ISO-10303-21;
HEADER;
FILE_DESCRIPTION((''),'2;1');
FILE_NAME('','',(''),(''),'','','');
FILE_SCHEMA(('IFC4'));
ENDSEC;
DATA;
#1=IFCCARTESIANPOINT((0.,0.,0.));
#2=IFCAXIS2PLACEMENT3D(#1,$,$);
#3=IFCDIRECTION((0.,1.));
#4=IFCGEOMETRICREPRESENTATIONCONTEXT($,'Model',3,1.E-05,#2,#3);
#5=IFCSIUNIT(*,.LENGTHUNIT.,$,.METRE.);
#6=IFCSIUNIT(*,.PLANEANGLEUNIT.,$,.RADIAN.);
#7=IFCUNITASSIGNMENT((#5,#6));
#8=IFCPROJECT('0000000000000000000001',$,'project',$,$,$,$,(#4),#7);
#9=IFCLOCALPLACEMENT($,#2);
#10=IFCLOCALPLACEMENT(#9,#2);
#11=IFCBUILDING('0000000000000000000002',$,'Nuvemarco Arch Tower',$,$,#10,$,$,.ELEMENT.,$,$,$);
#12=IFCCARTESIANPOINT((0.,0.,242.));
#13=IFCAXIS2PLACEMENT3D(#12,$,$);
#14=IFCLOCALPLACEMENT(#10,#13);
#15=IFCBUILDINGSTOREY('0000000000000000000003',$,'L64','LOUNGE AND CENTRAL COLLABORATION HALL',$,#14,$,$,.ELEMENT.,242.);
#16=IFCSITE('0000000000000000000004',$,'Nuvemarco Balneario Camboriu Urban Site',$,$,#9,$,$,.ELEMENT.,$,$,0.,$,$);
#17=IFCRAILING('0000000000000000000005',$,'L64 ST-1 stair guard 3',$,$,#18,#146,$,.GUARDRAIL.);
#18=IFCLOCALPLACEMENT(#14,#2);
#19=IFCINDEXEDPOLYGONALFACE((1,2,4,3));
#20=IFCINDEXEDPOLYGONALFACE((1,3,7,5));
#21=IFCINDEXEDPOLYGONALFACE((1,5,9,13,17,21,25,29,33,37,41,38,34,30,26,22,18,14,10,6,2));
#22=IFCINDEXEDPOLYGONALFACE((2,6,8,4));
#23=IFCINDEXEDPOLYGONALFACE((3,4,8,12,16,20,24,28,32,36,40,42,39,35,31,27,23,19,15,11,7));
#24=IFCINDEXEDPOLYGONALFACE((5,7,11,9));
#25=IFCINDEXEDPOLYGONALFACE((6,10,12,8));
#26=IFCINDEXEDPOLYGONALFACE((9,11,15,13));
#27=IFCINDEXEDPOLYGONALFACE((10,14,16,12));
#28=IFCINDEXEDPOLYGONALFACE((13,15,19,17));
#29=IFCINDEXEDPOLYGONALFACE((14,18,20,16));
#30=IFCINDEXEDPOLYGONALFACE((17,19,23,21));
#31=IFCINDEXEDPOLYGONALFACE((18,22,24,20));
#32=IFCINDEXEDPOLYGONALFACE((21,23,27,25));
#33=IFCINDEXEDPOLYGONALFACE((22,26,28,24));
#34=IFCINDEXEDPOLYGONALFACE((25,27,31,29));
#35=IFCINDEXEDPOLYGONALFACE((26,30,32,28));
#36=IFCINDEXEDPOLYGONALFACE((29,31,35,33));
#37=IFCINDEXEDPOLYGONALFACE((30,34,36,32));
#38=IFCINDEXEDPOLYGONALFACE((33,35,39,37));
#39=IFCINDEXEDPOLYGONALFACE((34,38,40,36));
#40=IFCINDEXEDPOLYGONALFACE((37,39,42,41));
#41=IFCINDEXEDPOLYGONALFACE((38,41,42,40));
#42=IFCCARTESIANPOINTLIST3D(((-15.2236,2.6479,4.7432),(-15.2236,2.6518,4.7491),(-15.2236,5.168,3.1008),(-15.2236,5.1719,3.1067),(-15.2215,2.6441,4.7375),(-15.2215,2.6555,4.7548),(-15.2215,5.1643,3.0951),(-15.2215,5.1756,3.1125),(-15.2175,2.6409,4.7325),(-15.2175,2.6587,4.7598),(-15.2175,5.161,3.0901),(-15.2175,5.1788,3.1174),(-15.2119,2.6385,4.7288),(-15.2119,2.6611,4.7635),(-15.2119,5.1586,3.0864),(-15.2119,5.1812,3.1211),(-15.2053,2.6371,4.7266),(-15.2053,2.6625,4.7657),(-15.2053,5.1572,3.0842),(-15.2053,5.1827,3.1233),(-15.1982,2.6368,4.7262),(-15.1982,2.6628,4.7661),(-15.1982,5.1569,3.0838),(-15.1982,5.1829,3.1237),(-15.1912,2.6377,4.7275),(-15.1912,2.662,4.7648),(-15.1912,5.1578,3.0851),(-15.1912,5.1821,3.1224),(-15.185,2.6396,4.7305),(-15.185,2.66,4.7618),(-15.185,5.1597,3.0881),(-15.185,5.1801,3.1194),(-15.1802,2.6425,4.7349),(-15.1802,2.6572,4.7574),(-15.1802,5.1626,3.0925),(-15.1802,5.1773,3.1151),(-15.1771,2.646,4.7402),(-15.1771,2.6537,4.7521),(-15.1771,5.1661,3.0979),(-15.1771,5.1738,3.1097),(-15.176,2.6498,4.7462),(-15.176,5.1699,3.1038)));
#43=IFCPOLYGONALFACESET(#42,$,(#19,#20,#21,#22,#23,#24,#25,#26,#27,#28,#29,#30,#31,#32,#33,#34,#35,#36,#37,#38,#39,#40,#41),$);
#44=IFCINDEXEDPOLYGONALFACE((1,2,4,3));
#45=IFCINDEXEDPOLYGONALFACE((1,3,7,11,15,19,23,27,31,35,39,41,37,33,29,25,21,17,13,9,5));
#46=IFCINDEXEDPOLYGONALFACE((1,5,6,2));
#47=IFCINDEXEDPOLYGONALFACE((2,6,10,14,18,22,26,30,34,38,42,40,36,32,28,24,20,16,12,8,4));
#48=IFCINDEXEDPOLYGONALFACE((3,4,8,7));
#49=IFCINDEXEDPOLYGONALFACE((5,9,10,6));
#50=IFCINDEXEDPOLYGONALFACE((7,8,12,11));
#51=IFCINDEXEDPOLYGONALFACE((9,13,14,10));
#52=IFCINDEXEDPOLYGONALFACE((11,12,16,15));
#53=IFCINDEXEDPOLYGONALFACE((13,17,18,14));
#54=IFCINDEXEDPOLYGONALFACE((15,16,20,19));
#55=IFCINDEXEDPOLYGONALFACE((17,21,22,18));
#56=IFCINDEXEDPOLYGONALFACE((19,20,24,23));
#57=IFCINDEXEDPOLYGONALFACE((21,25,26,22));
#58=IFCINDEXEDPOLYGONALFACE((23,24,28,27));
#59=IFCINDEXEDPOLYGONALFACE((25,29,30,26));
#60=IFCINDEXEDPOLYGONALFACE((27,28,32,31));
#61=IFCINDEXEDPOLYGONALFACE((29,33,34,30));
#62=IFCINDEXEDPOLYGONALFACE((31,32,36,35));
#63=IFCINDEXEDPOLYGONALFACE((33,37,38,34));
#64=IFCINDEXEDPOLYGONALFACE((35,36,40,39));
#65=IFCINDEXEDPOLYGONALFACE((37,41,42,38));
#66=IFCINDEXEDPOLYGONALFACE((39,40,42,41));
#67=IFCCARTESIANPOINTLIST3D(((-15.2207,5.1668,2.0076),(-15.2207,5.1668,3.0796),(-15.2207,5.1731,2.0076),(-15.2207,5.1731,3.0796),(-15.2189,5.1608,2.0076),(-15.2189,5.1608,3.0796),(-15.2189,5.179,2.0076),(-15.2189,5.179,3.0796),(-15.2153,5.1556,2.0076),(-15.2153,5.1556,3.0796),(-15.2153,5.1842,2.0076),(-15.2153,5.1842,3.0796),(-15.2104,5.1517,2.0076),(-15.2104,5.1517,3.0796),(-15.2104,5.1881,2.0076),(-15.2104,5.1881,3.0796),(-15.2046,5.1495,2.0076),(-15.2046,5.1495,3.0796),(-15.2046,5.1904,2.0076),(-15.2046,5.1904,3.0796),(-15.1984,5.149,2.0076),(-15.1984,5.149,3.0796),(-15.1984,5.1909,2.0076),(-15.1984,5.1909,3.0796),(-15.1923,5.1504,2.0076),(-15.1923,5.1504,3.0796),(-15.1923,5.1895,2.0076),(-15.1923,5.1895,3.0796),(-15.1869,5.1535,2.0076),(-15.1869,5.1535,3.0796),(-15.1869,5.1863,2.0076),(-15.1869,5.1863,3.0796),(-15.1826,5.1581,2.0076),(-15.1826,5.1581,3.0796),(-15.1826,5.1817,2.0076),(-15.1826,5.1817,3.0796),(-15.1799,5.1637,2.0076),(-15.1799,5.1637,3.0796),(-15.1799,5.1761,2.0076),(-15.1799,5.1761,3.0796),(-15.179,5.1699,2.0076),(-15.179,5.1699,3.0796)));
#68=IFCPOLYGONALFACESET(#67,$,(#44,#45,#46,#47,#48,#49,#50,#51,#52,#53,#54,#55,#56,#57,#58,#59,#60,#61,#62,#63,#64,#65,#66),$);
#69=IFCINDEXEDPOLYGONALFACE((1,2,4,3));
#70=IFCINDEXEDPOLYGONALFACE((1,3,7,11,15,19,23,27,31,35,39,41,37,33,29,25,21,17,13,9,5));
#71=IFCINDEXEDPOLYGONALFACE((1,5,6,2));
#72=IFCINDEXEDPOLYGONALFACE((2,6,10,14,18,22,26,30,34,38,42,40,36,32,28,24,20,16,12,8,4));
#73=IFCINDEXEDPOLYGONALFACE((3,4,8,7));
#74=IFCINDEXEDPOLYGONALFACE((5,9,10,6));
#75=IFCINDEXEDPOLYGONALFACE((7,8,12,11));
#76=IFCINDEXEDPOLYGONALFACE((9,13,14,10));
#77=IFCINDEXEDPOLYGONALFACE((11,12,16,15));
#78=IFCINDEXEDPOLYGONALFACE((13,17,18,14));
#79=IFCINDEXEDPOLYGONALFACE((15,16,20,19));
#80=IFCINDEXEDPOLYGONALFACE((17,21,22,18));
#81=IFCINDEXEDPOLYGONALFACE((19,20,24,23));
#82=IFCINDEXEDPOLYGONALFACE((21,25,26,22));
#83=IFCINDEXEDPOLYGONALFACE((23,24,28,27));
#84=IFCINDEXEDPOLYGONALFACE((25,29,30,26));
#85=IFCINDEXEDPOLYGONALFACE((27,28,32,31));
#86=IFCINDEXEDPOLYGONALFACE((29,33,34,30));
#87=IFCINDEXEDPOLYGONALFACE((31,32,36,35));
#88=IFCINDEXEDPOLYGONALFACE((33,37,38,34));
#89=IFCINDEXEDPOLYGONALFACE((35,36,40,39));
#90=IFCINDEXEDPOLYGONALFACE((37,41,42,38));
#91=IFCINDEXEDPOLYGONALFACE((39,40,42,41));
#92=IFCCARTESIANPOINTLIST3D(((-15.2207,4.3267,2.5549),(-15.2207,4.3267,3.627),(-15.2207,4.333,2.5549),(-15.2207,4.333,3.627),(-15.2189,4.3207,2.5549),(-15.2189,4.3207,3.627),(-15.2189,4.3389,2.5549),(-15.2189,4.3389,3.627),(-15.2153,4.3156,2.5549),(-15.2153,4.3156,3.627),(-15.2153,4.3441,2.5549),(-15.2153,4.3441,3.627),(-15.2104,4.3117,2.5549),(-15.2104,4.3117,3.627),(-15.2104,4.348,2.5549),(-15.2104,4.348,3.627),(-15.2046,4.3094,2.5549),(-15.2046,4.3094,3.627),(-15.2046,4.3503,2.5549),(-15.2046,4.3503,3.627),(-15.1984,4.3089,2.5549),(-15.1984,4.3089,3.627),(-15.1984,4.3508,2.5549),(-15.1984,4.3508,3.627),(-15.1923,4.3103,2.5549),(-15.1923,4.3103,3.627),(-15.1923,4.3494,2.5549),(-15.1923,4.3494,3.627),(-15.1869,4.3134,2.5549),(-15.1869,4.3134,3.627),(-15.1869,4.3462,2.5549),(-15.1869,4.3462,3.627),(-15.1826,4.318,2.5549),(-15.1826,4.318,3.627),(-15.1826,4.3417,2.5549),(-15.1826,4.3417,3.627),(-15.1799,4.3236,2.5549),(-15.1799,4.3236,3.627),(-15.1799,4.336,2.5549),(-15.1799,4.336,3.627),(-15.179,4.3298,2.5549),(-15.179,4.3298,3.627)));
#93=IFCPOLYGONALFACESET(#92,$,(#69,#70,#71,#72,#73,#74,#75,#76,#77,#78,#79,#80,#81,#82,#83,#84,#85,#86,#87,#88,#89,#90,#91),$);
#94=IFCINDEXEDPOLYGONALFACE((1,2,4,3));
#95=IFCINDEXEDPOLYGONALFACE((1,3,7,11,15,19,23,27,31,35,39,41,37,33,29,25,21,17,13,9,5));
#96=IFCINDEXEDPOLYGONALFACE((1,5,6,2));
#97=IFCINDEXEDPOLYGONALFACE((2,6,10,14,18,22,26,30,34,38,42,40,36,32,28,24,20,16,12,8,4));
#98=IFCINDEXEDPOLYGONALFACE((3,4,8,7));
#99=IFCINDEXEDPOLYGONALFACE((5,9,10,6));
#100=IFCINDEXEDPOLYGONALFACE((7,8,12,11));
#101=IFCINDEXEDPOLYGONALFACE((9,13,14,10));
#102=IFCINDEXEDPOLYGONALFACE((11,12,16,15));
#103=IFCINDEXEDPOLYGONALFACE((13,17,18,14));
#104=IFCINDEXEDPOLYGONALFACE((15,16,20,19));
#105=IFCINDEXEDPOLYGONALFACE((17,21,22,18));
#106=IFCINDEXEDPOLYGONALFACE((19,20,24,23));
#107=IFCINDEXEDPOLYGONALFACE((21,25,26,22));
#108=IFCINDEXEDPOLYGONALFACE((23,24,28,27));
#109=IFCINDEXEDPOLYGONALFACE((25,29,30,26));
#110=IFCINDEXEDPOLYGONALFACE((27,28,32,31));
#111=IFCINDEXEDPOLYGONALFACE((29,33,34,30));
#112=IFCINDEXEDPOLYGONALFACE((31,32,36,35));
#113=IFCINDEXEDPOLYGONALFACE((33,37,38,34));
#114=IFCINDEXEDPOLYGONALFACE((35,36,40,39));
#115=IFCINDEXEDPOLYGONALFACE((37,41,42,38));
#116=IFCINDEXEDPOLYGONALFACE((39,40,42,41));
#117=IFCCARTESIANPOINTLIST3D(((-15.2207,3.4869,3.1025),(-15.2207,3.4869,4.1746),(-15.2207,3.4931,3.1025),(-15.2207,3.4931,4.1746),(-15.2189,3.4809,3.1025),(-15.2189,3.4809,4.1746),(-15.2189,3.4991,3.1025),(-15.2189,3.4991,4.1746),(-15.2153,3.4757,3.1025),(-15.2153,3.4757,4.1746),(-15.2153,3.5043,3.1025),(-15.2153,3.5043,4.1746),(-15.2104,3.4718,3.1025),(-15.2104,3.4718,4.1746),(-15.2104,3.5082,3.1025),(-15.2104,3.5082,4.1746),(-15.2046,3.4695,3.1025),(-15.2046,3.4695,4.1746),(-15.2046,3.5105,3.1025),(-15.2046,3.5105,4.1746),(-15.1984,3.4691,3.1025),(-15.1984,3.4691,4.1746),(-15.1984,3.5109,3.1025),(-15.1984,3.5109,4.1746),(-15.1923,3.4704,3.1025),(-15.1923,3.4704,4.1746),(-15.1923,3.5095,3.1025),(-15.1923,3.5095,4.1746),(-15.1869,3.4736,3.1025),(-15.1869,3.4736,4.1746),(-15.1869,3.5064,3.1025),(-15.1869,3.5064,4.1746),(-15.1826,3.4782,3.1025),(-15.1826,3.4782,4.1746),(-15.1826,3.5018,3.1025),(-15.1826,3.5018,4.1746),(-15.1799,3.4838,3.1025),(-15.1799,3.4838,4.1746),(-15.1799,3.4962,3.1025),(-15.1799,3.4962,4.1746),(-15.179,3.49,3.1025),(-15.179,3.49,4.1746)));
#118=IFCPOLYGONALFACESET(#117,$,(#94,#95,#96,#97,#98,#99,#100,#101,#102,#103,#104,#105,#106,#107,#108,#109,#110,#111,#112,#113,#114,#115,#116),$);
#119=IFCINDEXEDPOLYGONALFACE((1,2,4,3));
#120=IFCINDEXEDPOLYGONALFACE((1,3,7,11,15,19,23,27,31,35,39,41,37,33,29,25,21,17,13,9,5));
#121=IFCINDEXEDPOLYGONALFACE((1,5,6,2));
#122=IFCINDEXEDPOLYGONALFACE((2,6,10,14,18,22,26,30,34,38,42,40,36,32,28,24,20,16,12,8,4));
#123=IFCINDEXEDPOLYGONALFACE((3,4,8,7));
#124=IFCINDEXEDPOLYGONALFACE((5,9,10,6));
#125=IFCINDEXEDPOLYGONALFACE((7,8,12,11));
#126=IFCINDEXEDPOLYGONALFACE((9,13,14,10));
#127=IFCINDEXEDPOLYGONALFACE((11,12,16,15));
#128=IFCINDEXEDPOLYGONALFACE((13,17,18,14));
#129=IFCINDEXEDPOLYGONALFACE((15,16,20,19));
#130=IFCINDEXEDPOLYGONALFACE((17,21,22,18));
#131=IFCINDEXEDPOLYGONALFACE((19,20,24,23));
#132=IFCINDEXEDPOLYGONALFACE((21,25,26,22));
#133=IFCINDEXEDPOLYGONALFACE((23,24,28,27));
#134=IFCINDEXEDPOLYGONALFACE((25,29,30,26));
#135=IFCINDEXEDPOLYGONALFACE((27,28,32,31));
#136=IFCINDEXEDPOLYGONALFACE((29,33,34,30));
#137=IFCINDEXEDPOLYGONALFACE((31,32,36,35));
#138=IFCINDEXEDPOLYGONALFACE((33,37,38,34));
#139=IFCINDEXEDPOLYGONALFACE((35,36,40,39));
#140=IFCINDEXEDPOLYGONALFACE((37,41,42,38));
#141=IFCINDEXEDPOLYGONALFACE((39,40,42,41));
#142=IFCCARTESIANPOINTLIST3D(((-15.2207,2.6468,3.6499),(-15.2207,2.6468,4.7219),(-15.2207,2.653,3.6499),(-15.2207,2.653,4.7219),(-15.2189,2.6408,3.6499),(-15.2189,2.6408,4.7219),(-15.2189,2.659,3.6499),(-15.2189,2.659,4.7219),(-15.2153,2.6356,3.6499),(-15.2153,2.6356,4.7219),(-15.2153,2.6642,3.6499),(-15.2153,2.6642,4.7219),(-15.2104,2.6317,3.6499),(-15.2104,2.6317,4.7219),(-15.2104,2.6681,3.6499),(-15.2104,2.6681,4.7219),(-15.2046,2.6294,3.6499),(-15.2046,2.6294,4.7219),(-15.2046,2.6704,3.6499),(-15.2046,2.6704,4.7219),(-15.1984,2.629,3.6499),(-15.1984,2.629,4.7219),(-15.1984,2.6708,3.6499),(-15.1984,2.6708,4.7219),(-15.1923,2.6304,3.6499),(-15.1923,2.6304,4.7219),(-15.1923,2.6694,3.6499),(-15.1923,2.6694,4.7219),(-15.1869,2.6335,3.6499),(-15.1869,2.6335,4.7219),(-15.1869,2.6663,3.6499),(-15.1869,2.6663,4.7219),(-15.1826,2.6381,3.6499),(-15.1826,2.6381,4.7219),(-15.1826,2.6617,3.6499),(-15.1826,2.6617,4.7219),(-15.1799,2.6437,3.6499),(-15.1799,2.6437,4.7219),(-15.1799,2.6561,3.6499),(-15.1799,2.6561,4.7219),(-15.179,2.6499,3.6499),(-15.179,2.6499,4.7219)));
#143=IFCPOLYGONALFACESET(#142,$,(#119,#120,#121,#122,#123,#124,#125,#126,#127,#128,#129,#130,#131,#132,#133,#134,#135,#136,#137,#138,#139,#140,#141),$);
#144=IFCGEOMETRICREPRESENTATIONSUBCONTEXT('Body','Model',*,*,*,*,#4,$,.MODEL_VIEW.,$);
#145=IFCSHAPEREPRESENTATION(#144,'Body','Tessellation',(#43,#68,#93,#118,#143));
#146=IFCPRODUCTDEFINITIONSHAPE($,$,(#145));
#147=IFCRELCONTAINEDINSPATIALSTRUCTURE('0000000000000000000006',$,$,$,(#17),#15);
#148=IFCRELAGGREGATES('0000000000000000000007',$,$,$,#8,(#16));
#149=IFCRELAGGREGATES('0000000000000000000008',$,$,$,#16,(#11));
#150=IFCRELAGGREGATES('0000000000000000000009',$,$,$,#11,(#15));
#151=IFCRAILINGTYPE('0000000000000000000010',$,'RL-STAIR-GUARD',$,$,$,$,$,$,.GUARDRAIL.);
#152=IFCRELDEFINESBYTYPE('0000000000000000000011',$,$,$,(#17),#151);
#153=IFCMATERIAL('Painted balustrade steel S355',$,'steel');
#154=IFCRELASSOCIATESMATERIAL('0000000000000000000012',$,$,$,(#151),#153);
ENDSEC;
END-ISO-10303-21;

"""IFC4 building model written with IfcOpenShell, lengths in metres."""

from ifc_helpers import new_model, si_unit, direction, frame, origin, origin_2d, place, context, subcontext, project, spatial, circle, extrude, material, type_object, element, save


model = new_model("IFC4")

# Units and contexts
model_context = context("Model", 3, precision=1e-05, world=origin(), true_north=direction((0.0, 1.0)))
body_context = subcontext(model_context, "Body", "Model", "MODEL_VIEW")
ifc_project = project(units=[si_unit("LENGTHUNIT", "METRE"), si_unit("PLANEANGLEUNIT", "RADIAN")], contexts=[model_context])

# Site, building, storey
site_placement = place(None, origin())
site = spatial("IfcSite", under=ifc_project, at=site_placement, Name="Nuvemarco Balneario Camboriu Urban Site", CompositionType="ELEMENT", RefElevation=0.0)
building_placement = place(site_placement, origin())
building = spatial("IfcBuilding", under=site, at=building_placement, Name="Nuvemarco Arch Tower", CompositionType="ELEMENT")
storey_placement = place(building_placement, frame((0.0, 0.0, 242.0)))
storey = spatial("IfcBuildingStorey", under=building, at=storey_placement, Name="L64", Description="LOUNGE AND CENTRAL COLLABORATION HALL", CompositionType="ELEMENT", Elevation=242.0)

# Railing
ifc_material_1 = material(Name="Painted balustrade steel S355", Category="steel")
railing_type_1 = type_object("IfcRailingType", Name="RL-STAIR-GUARD", PredefinedType="GUARDRAIL", material=ifc_material_1)
railing_1_placement = place(storey_placement, frame((-15.2, 5.1699, 2.0076)))
element("IfcRailing", 1, at=railing_1_placement, inside=storey, type_object=railing_type_1, Name="L64 ST-1 stair guard 3", PredefinedType="GUARDRAIL", context=body_context, shape_type="SweptSolid", body=[
    extrude(circle(Radius=0.0239, at=origin_2d()), frame((0.0, 0.0, 1.0962), z_axis=(0.0, -0.837787, 0.545998), x_axis=(1.0, 0.0, 0.0)), (0.0, 0.0, 1.0), 3.0081),
    extrude(circle(Radius=0.021, at=origin_2d()), origin(), (0.0, 0.0, 1.0), 1.072),
    extrude(circle(Radius=0.021, at=origin_2d()), frame((0.0, -0.8401, 0.5474)), (0.0, 0.0, 1.0), 1.072),
    extrude(circle(Radius=0.021, at=origin_2d()), frame((0.0, -1.6799, 1.095)), (0.0, 0.0, 1.0), 1.072),
    extrude(circle(Radius=0.021, at=origin_2d()), frame((0.0, -2.52, 1.6423)), (0.0, 0.0, 1.0), 1.072),
])

save(model, "model.ifc")
